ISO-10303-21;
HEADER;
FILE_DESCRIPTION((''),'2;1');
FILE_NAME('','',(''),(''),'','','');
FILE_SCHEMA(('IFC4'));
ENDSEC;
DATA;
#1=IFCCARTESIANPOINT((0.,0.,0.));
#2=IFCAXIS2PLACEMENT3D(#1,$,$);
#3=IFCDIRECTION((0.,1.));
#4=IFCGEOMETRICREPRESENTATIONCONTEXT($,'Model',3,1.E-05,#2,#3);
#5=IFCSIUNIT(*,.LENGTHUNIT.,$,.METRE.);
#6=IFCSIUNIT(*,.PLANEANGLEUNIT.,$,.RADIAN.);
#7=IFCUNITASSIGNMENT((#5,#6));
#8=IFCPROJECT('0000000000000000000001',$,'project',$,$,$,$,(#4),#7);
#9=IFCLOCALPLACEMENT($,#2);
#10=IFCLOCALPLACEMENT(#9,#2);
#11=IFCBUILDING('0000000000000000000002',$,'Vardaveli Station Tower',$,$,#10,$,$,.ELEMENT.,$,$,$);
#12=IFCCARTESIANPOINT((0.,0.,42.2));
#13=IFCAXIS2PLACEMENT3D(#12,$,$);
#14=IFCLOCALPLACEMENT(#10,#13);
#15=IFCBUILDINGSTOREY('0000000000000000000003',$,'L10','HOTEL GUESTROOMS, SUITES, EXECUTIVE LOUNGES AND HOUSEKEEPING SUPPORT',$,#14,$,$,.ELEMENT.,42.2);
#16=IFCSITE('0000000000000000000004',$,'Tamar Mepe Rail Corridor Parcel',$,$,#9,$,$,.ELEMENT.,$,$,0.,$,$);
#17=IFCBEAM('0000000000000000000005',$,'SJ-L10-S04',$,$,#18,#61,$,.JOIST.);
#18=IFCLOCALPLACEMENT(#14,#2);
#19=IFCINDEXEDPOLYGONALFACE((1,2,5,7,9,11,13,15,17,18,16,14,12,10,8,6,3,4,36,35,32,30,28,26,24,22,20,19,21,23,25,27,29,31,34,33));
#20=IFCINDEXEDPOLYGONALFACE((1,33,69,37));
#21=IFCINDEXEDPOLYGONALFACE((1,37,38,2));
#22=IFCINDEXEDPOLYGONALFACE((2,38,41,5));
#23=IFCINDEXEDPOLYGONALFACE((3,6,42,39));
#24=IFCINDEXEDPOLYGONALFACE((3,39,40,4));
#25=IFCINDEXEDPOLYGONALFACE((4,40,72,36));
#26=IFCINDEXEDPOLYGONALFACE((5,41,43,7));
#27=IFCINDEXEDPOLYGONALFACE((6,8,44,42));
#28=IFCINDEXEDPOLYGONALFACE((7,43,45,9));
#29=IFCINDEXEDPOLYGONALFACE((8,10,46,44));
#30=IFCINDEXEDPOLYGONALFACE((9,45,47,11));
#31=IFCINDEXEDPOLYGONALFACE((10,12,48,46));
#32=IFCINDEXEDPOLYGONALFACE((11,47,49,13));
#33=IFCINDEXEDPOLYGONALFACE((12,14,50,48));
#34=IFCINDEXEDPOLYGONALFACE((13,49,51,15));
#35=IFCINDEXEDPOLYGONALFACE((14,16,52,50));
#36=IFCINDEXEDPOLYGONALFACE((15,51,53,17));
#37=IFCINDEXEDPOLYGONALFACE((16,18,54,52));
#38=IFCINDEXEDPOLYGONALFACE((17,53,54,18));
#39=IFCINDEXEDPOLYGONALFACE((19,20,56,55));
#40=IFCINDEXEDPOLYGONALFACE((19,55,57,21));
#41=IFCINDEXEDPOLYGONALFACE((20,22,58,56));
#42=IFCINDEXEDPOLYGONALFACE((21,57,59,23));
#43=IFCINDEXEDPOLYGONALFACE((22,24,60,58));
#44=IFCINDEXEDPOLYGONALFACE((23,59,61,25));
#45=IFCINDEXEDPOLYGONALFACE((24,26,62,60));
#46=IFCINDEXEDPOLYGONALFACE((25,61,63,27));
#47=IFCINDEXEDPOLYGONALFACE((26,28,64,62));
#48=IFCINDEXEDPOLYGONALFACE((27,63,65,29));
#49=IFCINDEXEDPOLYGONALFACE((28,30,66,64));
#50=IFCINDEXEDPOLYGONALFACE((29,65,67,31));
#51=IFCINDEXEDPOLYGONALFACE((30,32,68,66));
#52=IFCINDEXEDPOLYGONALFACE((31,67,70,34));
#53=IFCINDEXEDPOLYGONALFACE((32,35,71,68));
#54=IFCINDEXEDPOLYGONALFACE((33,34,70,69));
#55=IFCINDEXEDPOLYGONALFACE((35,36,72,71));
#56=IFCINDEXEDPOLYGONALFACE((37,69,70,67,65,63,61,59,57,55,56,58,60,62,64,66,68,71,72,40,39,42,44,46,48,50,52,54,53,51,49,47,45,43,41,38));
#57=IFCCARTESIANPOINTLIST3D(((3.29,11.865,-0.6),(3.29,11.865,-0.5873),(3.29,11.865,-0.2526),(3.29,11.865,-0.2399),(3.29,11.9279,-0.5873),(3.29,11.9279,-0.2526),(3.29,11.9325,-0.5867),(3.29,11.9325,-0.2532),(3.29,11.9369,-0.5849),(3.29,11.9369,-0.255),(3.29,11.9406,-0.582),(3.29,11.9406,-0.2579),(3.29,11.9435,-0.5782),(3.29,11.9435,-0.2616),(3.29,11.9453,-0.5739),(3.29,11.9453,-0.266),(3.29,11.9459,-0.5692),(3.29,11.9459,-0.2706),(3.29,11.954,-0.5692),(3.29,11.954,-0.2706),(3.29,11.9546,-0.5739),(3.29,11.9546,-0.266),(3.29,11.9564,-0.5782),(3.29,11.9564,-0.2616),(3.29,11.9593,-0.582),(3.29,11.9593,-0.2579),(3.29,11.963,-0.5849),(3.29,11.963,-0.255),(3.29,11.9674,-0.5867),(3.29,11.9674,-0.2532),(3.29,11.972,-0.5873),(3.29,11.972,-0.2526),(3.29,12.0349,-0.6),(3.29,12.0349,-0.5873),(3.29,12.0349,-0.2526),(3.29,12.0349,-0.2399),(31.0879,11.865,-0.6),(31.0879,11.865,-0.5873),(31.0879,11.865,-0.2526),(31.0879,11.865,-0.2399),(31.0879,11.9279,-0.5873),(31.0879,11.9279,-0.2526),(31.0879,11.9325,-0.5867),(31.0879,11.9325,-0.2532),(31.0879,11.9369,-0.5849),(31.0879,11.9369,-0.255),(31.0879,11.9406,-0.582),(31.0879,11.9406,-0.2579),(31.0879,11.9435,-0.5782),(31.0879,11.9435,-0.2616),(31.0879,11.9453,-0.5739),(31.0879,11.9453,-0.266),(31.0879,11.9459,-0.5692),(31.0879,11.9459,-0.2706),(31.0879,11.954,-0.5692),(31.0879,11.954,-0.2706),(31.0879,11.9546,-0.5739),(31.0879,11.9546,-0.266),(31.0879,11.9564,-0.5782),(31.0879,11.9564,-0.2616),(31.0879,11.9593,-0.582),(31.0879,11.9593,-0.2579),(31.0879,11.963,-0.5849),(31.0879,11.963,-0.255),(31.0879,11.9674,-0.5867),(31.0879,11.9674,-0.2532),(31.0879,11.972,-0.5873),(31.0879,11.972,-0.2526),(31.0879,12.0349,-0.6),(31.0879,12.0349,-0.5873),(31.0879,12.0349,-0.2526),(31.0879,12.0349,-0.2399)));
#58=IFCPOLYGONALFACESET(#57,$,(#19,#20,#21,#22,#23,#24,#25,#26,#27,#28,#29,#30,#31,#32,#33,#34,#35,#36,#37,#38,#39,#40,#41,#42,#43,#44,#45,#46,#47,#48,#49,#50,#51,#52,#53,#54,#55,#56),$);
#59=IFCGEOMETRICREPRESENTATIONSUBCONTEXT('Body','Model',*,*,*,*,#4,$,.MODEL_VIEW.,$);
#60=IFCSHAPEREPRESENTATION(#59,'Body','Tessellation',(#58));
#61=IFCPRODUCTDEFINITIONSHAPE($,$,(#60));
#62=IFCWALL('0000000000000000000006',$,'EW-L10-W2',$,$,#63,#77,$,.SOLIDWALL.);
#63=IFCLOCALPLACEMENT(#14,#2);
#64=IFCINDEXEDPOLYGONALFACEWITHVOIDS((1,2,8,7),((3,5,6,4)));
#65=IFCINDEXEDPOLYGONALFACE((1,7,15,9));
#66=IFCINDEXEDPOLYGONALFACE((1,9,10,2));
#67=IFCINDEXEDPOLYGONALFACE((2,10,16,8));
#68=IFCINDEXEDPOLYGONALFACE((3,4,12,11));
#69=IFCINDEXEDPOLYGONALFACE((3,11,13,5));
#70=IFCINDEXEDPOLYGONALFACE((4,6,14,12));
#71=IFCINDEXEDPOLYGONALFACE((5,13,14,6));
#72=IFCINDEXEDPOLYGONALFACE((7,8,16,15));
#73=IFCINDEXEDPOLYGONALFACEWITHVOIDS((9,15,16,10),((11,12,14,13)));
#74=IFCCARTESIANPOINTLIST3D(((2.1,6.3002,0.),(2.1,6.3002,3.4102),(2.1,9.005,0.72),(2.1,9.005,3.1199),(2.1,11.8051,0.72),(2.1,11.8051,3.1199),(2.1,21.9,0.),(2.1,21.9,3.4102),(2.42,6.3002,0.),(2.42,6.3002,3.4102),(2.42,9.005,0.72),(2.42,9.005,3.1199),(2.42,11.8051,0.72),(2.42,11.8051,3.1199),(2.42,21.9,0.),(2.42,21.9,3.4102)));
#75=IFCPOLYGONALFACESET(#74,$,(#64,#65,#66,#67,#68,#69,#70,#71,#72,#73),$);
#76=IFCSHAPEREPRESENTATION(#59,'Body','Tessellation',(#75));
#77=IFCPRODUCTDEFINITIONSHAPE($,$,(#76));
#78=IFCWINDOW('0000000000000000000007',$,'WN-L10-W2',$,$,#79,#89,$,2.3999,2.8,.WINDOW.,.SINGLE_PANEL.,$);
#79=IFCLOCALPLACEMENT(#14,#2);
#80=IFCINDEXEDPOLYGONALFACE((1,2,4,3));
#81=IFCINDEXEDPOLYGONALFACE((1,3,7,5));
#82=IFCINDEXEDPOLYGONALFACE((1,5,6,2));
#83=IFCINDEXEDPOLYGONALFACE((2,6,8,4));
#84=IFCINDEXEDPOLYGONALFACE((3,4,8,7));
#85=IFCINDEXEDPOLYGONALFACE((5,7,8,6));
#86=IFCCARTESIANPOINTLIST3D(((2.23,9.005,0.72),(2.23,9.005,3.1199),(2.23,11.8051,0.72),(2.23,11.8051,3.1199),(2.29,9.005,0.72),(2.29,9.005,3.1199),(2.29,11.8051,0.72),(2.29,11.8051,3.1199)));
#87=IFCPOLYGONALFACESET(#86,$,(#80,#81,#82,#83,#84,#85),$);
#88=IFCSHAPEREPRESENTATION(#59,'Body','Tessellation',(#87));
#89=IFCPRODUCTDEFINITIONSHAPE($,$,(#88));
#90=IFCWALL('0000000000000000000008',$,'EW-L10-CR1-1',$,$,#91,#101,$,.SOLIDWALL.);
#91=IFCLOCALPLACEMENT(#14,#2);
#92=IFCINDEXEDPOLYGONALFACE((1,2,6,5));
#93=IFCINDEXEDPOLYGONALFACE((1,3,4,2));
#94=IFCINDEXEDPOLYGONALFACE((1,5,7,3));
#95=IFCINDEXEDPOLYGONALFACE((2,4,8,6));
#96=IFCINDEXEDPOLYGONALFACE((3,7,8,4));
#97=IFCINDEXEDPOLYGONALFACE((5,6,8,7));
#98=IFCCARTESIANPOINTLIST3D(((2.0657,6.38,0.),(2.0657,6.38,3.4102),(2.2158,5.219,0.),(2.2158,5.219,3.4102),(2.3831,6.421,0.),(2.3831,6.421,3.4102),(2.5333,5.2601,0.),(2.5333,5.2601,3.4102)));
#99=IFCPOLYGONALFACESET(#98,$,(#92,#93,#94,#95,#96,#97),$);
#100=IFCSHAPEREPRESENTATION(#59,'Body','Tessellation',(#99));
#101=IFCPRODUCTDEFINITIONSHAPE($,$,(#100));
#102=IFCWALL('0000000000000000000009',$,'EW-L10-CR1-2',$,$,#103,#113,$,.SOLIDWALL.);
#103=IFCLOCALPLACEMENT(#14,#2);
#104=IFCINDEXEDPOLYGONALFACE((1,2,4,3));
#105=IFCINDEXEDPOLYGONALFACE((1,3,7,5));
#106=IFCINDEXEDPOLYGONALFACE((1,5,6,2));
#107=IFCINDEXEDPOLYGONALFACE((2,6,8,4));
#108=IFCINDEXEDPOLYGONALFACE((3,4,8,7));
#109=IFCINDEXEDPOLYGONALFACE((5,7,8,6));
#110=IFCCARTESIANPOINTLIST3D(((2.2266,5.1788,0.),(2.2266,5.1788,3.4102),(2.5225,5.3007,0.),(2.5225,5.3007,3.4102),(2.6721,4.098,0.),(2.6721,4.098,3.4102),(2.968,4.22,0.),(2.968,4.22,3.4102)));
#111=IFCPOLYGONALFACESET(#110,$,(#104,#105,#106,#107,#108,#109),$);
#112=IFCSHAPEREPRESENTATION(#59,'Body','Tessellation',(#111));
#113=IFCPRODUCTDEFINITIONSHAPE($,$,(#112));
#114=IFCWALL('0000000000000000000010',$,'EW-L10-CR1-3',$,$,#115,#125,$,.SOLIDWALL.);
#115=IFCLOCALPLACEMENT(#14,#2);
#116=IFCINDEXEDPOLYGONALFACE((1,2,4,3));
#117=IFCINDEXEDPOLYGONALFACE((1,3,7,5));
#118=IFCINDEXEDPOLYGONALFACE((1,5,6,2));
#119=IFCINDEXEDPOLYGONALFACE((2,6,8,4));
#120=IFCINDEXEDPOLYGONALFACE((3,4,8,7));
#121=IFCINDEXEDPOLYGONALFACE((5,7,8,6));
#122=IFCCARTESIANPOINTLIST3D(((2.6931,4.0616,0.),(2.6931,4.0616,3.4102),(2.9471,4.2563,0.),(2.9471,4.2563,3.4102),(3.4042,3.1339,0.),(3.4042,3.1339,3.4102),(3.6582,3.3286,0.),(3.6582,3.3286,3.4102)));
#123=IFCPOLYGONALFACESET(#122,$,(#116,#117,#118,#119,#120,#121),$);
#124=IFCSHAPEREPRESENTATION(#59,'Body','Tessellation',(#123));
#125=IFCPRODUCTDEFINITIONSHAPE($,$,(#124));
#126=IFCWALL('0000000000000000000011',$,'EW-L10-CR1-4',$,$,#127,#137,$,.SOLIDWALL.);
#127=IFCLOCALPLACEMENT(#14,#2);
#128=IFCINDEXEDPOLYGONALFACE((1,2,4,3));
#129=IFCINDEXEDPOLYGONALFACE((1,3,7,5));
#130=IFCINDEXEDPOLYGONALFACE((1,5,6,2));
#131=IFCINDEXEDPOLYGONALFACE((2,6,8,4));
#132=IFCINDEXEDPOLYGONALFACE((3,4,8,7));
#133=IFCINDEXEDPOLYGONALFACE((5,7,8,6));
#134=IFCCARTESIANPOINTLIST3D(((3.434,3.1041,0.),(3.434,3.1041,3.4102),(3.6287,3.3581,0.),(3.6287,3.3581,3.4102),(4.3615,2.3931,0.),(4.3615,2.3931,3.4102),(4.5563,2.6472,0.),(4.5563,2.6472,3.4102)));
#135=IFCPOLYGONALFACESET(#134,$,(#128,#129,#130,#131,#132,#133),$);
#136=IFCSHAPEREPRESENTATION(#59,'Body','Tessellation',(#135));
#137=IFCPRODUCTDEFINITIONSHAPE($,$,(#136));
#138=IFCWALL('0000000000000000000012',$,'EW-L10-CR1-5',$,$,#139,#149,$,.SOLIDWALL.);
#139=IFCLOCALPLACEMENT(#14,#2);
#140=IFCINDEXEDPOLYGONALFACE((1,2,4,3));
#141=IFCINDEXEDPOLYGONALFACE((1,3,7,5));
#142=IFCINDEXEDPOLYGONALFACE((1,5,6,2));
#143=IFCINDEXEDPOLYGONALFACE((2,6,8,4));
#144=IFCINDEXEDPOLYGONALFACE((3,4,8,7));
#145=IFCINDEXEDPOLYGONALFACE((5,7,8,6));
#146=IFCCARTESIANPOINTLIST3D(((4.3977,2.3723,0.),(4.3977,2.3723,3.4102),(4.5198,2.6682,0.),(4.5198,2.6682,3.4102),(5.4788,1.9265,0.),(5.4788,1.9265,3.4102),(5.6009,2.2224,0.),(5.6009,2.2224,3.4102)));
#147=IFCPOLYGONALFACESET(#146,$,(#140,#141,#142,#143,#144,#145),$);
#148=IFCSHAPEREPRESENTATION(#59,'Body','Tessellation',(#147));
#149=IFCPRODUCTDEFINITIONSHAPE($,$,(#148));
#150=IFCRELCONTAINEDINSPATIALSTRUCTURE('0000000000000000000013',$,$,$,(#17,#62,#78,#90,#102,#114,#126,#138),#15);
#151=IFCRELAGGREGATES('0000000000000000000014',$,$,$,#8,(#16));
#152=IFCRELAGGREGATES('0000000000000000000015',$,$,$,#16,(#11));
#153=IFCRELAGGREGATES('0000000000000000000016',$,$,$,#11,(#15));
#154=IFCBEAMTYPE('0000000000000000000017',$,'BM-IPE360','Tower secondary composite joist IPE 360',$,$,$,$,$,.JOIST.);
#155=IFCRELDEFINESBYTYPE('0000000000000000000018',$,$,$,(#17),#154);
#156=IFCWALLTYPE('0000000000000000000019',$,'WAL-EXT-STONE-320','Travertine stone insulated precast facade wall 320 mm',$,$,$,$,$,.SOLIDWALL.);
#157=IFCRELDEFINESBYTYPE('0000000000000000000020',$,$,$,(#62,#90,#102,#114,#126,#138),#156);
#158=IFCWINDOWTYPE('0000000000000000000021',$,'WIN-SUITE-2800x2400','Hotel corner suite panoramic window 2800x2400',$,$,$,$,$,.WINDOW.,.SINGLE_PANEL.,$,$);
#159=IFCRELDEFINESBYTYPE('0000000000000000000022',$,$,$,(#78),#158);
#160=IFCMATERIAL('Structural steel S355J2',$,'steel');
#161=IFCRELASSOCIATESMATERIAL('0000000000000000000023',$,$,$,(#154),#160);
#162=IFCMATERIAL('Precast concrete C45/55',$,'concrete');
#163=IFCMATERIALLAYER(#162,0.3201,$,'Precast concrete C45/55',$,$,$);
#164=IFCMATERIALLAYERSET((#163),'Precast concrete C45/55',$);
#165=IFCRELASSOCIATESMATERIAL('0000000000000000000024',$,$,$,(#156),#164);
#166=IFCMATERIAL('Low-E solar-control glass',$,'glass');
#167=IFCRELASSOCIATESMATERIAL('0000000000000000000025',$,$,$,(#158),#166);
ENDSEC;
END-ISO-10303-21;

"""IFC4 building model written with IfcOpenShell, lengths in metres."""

from ifc_helpers import new_model, si_unit, direction, frame, frame_2d, origin, origin_2d, place, context, subcontext, project, spatial, rectangle, i_section, extrude, source, transform, mapped, material, layer, layer_set, material_profile, profile_set, type_object, element, fill, save


model = new_model("IFC4")

# Units and contexts
model_context = context("Model", 3, precision=1e-05, world=origin(), true_north=direction((0.0, 1.0)))
body_context = subcontext(model_context, "Body", "Model", "MODEL_VIEW")
ifc_project = project(units=[si_unit("LENGTHUNIT", "METRE"), si_unit("PLANEANGLEUNIT", "RADIAN")], contexts=[model_context])

# Site, building, storey
site_placement = place(None, origin())
site = spatial("IfcSite", under=ifc_project, at=site_placement, Name="Tamar Mepe Rail Corridor Parcel", CompositionType="ELEMENT", RefElevation=0.0)
building_placement = place(site_placement, origin())
building = spatial("IfcBuilding", under=site, at=building_placement, Name="Vardaveli Station Tower", CompositionType="ELEMENT")
storey_placement = place(building_placement, frame((0.0, 0.0, 42.2)))
storey = spatial("IfcBuildingStorey", under=building, at=storey_placement, Name="L10", Description="HOTEL GUESTROOMS, SUITES, EXECUTIVE LOUNGES AND HOUSEKEEPING SUPPORT", CompositionType="ELEMENT", Elevation=42.2)

# Beam
ifc_material_1 = material(Name="Precast concrete C45/55", Category="concrete")
ifc_material_2 = material(Name="Structural steel S355J2", Category="steel")
ifc_material_profile_1 = material_profile(ifc_material_2, i_section(OverallWidth=0.1699, OverallDepth=0.3601, WebThickness=0.0081, FlangeThickness=0.0127, FilletRadius=0.0181, at=origin_2d()), Name="IPE 360")
ifc_profile_set_1 = profile_set([ifc_material_profile_1], Name="Structural steel S355J2")
beam_type_1 = type_object("IfcBeamType", Name="BM-IPE360", Description="Tower secondary composite joist IPE 360", PredefinedType="JOIST", material=ifc_profile_set_1)
shared_shape_1 = source(origin(), body_context, "Body", "SweptSolid", [
    extrude(i_section(OverallWidth=0.1699, OverallDepth=0.3601, WebThickness=0.0081, FlangeThickness=0.0127, FilletRadius=0.0181, at=origin_2d()), origin(), (0.0, 0.0, 1.0), 27.7979),
])
for number, where, z_axis, x_axis, name in (
    (1, (3.29, 11.95, -0.4199), (1.0, 0.0, 0.0), (0.0, 1.0, 0.0), "SJ-L10-S04"),
):
    element("IfcBeam", number, at=place(storey_placement, frame(where, z_axis=z_axis, x_axis=x_axis)), inside=storey, type_object=beam_type_1, Name=name, PredefinedType="JOIST", context=body_context, shape_type="MappedRepresentation", body=[
        mapped(shared_shape_1, transform((0.0, 0.0, 0.0), scale=1.0)),
    ])

# Wall, opening, window
ifc_layer_1 = layer(ifc_material_1, 0.3201, Name="Precast concrete C45/55")
ifc_layer_set_1 = layer_set([ifc_layer_1], Name="Precast concrete C45/55")
wall_type_1 = type_object("IfcWallType", Name="WAL-EXT-STONE-320", Description="Travertine stone insulated precast facade wall 320 mm", PredefinedType="SOLIDWALL", material=ifc_layer_set_1)
shared_shape_2 = source(origin(), body_context, "Body", "SweptSolid", [
    extrude(rectangle(XDim=15.5999, YDim=0.3201, at=frame_2d((7.7998, 0.0))), origin(), (0.0, 0.0, 1.0), 3.4102),
])
wall_1_placement = place(storey_placement, frame((2.26, 21.8999, 0.0), z_axis=(0.0, 0.0, 1.0), x_axis=(0.0, -1.0, 0.0)))
wall_1 = element("IfcWall", 2, at=wall_1_placement, inside=storey, type_object=wall_type_1, Name="EW-L10-W2", PredefinedType="SOLIDWALL", context=body_context, shape_type="MappedRepresentation", body=[
    mapped(shared_shape_2, transform((0.0, 0.0, 0.0), scale=1.0)),
])
shared_shape_3 = source(origin(), body_context, "Body", "SweptSolid", [
    extrude(rectangle(XDim=2.8, YDim=2.3999, at=frame_2d((1.3999, 1.2))), frame((0.0, 0.1699, 0.0), z_axis=(0.0, -1.0, 0.0), x_axis=(1.0, 0.0, 0.0)), (0.0, 0.0, 1.0), 0.3401),
])
opening_1_placement = place(wall_1_placement, frame((10.095, 0.0, 0.72)))
opening_1 = element("IfcOpeningElement", 3, at=opening_1_placement, cuts=wall_1, PredefinedType="OPENING", context=body_context, shape_type="MappedRepresentation", body=[
    mapped(shared_shape_3, transform((0.0, 0.0, 0.0), scale=1.0)),
])
ifc_material_3 = material(Name="Low-E solar-control glass", Category="glass")
window_type = type_object("IfcWindowType", Name="WIN-SUITE-2800x2400", Description="Hotel corner suite panoramic window 2800x2400", PartitioningType="SINGLE_PANEL", PredefinedType="WINDOW", material=ifc_material_3)
shared_shape_4 = source(origin(), body_context, "Body", "SweptSolid", [
    extrude(rectangle(XDim=2.8, YDim=2.3999, at=frame_2d((1.3999, 1.2))), frame((0.0, 0.03, 0.0), z_axis=(0.0, -1.0, 0.0), x_axis=(1.0, 0.0, 0.0)), (0.0, 0.0, 1.0), 0.0601),
])
window_placement = place(opening_1_placement, origin())
window = element("IfcWindow", 4, at=window_placement, inside=storey, type_object=window_type, Name="WN-L10-W2", OverallHeight=2.3999, OverallWidth=2.8, PartitioningType="SINGLE_PANEL", PredefinedType="WINDOW", context=body_context, shape_type="MappedRepresentation", body=[
    mapped(shared_shape_4, transform((0.0, 0.0, 0.0), scale=1.0)),
])
fill(opening_1, window)

# Walls
shared_shape_5 = source(origin(), body_context, "Body", "SweptSolid", [
    extrude(rectangle(XDim=1.1707, YDim=0.3201, at=frame_2d((0.5854, 0.0))), origin(), (0.0, 0.0, 1.0), 3.4102),
])
wall_2_placement = place(storey_placement, frame((2.2244, 6.4006, 0.0), z_axis=(0.0, 0.0, 1.0), x_axis=(0.128269, -0.991739, 0.0)))
element("IfcWall", 5, at=wall_2_placement, inside=storey, type_object=wall_type_1, Name="EW-L10-CR1-1", PredefinedType="SOLIDWALL", context=body_context, shape_type="MappedRepresentation", body=[
    mapped(shared_shape_5, transform((0.0, 0.0, 0.0), scale=1.0)),
])
shared_shape_6 = source(origin(), body_context, "Body", "SweptSolid", [
    extrude(rectangle(XDim=1.1689, YDim=0.3201, at=frame_2d((0.5845, 0.0))), origin(), (0.0, 0.0, 1.0), 3.4102),
])
for number, where, z_axis, x_axis, name in (
    (6, (2.3745, 5.2397, 0.0), (0.0, 0.0, 1.0), (0.381128, -0.924522, 0.0), "EW-L10-CR1-2"),
    (7, (2.8201, 4.1589, 0.0), (0.0, 0.0, 1.0), (0.608388, -0.79364, 0.0), "EW-L10-CR1-3"),
):
    element("IfcWall", number, at=place(storey_placement, frame(where, z_axis=z_axis, x_axis=x_axis)), inside=storey, type_object=wall_type_1, Name=name, PredefinedType="SOLIDWALL", context=body_context, shape_type="MappedRepresentation", body=[
        mapped(shared_shape_6, transform((0.0, 0.0, 0.0), scale=1.0)),
    ])
shared_shape_7 = source(origin(), body_context, "Body", "SweptSolid", [
    extrude(rectangle(XDim=1.1687, YDim=0.3201, at=frame_2d((0.5845, 0.0))), origin(), (0.0, 0.0, 1.0), 3.4102),
])
wall_3_placement = place(storey_placement, frame((3.5312, 3.2312, 0.0), z_axis=(0.0, 0.0, 1.0), x_axis=(0.793664, -0.608357, 0.0)))
element("IfcWall", 8, at=wall_3_placement, inside=storey, type_object=wall_type_1, Name="EW-L10-CR1-4", PredefinedType="SOLIDWALL", context=body_context, shape_type="MappedRepresentation", body=[
    mapped(shared_shape_7, transform((0.0, 0.0, 0.0), scale=1.0)),
])
shared_shape_8 = source(origin(), body_context, "Body", "SweptSolid", [
    extrude(rectangle(XDim=1.1694, YDim=0.3201, at=frame_2d((0.5847, 0.0))), origin(), (0.0, 0.0, 1.0), 3.4102),
])
wall_4_placement = place(storey_placement, frame((4.4587, 2.5203, 0.0), z_axis=(0.0, 0.0, 1.0), x_axis=(0.924479, -0.381233, 0.0)))
element("IfcWall", 9, at=wall_4_placement, inside=storey, type_object=wall_type_1, Name="EW-L10-CR1-5", PredefinedType="SOLIDWALL", context=body_context, shape_type="MappedRepresentation", body=[
    mapped(shared_shape_8, transform((0.0, 0.0, 0.0), scale=1.0)),
])

save(model, "model.ifc")
